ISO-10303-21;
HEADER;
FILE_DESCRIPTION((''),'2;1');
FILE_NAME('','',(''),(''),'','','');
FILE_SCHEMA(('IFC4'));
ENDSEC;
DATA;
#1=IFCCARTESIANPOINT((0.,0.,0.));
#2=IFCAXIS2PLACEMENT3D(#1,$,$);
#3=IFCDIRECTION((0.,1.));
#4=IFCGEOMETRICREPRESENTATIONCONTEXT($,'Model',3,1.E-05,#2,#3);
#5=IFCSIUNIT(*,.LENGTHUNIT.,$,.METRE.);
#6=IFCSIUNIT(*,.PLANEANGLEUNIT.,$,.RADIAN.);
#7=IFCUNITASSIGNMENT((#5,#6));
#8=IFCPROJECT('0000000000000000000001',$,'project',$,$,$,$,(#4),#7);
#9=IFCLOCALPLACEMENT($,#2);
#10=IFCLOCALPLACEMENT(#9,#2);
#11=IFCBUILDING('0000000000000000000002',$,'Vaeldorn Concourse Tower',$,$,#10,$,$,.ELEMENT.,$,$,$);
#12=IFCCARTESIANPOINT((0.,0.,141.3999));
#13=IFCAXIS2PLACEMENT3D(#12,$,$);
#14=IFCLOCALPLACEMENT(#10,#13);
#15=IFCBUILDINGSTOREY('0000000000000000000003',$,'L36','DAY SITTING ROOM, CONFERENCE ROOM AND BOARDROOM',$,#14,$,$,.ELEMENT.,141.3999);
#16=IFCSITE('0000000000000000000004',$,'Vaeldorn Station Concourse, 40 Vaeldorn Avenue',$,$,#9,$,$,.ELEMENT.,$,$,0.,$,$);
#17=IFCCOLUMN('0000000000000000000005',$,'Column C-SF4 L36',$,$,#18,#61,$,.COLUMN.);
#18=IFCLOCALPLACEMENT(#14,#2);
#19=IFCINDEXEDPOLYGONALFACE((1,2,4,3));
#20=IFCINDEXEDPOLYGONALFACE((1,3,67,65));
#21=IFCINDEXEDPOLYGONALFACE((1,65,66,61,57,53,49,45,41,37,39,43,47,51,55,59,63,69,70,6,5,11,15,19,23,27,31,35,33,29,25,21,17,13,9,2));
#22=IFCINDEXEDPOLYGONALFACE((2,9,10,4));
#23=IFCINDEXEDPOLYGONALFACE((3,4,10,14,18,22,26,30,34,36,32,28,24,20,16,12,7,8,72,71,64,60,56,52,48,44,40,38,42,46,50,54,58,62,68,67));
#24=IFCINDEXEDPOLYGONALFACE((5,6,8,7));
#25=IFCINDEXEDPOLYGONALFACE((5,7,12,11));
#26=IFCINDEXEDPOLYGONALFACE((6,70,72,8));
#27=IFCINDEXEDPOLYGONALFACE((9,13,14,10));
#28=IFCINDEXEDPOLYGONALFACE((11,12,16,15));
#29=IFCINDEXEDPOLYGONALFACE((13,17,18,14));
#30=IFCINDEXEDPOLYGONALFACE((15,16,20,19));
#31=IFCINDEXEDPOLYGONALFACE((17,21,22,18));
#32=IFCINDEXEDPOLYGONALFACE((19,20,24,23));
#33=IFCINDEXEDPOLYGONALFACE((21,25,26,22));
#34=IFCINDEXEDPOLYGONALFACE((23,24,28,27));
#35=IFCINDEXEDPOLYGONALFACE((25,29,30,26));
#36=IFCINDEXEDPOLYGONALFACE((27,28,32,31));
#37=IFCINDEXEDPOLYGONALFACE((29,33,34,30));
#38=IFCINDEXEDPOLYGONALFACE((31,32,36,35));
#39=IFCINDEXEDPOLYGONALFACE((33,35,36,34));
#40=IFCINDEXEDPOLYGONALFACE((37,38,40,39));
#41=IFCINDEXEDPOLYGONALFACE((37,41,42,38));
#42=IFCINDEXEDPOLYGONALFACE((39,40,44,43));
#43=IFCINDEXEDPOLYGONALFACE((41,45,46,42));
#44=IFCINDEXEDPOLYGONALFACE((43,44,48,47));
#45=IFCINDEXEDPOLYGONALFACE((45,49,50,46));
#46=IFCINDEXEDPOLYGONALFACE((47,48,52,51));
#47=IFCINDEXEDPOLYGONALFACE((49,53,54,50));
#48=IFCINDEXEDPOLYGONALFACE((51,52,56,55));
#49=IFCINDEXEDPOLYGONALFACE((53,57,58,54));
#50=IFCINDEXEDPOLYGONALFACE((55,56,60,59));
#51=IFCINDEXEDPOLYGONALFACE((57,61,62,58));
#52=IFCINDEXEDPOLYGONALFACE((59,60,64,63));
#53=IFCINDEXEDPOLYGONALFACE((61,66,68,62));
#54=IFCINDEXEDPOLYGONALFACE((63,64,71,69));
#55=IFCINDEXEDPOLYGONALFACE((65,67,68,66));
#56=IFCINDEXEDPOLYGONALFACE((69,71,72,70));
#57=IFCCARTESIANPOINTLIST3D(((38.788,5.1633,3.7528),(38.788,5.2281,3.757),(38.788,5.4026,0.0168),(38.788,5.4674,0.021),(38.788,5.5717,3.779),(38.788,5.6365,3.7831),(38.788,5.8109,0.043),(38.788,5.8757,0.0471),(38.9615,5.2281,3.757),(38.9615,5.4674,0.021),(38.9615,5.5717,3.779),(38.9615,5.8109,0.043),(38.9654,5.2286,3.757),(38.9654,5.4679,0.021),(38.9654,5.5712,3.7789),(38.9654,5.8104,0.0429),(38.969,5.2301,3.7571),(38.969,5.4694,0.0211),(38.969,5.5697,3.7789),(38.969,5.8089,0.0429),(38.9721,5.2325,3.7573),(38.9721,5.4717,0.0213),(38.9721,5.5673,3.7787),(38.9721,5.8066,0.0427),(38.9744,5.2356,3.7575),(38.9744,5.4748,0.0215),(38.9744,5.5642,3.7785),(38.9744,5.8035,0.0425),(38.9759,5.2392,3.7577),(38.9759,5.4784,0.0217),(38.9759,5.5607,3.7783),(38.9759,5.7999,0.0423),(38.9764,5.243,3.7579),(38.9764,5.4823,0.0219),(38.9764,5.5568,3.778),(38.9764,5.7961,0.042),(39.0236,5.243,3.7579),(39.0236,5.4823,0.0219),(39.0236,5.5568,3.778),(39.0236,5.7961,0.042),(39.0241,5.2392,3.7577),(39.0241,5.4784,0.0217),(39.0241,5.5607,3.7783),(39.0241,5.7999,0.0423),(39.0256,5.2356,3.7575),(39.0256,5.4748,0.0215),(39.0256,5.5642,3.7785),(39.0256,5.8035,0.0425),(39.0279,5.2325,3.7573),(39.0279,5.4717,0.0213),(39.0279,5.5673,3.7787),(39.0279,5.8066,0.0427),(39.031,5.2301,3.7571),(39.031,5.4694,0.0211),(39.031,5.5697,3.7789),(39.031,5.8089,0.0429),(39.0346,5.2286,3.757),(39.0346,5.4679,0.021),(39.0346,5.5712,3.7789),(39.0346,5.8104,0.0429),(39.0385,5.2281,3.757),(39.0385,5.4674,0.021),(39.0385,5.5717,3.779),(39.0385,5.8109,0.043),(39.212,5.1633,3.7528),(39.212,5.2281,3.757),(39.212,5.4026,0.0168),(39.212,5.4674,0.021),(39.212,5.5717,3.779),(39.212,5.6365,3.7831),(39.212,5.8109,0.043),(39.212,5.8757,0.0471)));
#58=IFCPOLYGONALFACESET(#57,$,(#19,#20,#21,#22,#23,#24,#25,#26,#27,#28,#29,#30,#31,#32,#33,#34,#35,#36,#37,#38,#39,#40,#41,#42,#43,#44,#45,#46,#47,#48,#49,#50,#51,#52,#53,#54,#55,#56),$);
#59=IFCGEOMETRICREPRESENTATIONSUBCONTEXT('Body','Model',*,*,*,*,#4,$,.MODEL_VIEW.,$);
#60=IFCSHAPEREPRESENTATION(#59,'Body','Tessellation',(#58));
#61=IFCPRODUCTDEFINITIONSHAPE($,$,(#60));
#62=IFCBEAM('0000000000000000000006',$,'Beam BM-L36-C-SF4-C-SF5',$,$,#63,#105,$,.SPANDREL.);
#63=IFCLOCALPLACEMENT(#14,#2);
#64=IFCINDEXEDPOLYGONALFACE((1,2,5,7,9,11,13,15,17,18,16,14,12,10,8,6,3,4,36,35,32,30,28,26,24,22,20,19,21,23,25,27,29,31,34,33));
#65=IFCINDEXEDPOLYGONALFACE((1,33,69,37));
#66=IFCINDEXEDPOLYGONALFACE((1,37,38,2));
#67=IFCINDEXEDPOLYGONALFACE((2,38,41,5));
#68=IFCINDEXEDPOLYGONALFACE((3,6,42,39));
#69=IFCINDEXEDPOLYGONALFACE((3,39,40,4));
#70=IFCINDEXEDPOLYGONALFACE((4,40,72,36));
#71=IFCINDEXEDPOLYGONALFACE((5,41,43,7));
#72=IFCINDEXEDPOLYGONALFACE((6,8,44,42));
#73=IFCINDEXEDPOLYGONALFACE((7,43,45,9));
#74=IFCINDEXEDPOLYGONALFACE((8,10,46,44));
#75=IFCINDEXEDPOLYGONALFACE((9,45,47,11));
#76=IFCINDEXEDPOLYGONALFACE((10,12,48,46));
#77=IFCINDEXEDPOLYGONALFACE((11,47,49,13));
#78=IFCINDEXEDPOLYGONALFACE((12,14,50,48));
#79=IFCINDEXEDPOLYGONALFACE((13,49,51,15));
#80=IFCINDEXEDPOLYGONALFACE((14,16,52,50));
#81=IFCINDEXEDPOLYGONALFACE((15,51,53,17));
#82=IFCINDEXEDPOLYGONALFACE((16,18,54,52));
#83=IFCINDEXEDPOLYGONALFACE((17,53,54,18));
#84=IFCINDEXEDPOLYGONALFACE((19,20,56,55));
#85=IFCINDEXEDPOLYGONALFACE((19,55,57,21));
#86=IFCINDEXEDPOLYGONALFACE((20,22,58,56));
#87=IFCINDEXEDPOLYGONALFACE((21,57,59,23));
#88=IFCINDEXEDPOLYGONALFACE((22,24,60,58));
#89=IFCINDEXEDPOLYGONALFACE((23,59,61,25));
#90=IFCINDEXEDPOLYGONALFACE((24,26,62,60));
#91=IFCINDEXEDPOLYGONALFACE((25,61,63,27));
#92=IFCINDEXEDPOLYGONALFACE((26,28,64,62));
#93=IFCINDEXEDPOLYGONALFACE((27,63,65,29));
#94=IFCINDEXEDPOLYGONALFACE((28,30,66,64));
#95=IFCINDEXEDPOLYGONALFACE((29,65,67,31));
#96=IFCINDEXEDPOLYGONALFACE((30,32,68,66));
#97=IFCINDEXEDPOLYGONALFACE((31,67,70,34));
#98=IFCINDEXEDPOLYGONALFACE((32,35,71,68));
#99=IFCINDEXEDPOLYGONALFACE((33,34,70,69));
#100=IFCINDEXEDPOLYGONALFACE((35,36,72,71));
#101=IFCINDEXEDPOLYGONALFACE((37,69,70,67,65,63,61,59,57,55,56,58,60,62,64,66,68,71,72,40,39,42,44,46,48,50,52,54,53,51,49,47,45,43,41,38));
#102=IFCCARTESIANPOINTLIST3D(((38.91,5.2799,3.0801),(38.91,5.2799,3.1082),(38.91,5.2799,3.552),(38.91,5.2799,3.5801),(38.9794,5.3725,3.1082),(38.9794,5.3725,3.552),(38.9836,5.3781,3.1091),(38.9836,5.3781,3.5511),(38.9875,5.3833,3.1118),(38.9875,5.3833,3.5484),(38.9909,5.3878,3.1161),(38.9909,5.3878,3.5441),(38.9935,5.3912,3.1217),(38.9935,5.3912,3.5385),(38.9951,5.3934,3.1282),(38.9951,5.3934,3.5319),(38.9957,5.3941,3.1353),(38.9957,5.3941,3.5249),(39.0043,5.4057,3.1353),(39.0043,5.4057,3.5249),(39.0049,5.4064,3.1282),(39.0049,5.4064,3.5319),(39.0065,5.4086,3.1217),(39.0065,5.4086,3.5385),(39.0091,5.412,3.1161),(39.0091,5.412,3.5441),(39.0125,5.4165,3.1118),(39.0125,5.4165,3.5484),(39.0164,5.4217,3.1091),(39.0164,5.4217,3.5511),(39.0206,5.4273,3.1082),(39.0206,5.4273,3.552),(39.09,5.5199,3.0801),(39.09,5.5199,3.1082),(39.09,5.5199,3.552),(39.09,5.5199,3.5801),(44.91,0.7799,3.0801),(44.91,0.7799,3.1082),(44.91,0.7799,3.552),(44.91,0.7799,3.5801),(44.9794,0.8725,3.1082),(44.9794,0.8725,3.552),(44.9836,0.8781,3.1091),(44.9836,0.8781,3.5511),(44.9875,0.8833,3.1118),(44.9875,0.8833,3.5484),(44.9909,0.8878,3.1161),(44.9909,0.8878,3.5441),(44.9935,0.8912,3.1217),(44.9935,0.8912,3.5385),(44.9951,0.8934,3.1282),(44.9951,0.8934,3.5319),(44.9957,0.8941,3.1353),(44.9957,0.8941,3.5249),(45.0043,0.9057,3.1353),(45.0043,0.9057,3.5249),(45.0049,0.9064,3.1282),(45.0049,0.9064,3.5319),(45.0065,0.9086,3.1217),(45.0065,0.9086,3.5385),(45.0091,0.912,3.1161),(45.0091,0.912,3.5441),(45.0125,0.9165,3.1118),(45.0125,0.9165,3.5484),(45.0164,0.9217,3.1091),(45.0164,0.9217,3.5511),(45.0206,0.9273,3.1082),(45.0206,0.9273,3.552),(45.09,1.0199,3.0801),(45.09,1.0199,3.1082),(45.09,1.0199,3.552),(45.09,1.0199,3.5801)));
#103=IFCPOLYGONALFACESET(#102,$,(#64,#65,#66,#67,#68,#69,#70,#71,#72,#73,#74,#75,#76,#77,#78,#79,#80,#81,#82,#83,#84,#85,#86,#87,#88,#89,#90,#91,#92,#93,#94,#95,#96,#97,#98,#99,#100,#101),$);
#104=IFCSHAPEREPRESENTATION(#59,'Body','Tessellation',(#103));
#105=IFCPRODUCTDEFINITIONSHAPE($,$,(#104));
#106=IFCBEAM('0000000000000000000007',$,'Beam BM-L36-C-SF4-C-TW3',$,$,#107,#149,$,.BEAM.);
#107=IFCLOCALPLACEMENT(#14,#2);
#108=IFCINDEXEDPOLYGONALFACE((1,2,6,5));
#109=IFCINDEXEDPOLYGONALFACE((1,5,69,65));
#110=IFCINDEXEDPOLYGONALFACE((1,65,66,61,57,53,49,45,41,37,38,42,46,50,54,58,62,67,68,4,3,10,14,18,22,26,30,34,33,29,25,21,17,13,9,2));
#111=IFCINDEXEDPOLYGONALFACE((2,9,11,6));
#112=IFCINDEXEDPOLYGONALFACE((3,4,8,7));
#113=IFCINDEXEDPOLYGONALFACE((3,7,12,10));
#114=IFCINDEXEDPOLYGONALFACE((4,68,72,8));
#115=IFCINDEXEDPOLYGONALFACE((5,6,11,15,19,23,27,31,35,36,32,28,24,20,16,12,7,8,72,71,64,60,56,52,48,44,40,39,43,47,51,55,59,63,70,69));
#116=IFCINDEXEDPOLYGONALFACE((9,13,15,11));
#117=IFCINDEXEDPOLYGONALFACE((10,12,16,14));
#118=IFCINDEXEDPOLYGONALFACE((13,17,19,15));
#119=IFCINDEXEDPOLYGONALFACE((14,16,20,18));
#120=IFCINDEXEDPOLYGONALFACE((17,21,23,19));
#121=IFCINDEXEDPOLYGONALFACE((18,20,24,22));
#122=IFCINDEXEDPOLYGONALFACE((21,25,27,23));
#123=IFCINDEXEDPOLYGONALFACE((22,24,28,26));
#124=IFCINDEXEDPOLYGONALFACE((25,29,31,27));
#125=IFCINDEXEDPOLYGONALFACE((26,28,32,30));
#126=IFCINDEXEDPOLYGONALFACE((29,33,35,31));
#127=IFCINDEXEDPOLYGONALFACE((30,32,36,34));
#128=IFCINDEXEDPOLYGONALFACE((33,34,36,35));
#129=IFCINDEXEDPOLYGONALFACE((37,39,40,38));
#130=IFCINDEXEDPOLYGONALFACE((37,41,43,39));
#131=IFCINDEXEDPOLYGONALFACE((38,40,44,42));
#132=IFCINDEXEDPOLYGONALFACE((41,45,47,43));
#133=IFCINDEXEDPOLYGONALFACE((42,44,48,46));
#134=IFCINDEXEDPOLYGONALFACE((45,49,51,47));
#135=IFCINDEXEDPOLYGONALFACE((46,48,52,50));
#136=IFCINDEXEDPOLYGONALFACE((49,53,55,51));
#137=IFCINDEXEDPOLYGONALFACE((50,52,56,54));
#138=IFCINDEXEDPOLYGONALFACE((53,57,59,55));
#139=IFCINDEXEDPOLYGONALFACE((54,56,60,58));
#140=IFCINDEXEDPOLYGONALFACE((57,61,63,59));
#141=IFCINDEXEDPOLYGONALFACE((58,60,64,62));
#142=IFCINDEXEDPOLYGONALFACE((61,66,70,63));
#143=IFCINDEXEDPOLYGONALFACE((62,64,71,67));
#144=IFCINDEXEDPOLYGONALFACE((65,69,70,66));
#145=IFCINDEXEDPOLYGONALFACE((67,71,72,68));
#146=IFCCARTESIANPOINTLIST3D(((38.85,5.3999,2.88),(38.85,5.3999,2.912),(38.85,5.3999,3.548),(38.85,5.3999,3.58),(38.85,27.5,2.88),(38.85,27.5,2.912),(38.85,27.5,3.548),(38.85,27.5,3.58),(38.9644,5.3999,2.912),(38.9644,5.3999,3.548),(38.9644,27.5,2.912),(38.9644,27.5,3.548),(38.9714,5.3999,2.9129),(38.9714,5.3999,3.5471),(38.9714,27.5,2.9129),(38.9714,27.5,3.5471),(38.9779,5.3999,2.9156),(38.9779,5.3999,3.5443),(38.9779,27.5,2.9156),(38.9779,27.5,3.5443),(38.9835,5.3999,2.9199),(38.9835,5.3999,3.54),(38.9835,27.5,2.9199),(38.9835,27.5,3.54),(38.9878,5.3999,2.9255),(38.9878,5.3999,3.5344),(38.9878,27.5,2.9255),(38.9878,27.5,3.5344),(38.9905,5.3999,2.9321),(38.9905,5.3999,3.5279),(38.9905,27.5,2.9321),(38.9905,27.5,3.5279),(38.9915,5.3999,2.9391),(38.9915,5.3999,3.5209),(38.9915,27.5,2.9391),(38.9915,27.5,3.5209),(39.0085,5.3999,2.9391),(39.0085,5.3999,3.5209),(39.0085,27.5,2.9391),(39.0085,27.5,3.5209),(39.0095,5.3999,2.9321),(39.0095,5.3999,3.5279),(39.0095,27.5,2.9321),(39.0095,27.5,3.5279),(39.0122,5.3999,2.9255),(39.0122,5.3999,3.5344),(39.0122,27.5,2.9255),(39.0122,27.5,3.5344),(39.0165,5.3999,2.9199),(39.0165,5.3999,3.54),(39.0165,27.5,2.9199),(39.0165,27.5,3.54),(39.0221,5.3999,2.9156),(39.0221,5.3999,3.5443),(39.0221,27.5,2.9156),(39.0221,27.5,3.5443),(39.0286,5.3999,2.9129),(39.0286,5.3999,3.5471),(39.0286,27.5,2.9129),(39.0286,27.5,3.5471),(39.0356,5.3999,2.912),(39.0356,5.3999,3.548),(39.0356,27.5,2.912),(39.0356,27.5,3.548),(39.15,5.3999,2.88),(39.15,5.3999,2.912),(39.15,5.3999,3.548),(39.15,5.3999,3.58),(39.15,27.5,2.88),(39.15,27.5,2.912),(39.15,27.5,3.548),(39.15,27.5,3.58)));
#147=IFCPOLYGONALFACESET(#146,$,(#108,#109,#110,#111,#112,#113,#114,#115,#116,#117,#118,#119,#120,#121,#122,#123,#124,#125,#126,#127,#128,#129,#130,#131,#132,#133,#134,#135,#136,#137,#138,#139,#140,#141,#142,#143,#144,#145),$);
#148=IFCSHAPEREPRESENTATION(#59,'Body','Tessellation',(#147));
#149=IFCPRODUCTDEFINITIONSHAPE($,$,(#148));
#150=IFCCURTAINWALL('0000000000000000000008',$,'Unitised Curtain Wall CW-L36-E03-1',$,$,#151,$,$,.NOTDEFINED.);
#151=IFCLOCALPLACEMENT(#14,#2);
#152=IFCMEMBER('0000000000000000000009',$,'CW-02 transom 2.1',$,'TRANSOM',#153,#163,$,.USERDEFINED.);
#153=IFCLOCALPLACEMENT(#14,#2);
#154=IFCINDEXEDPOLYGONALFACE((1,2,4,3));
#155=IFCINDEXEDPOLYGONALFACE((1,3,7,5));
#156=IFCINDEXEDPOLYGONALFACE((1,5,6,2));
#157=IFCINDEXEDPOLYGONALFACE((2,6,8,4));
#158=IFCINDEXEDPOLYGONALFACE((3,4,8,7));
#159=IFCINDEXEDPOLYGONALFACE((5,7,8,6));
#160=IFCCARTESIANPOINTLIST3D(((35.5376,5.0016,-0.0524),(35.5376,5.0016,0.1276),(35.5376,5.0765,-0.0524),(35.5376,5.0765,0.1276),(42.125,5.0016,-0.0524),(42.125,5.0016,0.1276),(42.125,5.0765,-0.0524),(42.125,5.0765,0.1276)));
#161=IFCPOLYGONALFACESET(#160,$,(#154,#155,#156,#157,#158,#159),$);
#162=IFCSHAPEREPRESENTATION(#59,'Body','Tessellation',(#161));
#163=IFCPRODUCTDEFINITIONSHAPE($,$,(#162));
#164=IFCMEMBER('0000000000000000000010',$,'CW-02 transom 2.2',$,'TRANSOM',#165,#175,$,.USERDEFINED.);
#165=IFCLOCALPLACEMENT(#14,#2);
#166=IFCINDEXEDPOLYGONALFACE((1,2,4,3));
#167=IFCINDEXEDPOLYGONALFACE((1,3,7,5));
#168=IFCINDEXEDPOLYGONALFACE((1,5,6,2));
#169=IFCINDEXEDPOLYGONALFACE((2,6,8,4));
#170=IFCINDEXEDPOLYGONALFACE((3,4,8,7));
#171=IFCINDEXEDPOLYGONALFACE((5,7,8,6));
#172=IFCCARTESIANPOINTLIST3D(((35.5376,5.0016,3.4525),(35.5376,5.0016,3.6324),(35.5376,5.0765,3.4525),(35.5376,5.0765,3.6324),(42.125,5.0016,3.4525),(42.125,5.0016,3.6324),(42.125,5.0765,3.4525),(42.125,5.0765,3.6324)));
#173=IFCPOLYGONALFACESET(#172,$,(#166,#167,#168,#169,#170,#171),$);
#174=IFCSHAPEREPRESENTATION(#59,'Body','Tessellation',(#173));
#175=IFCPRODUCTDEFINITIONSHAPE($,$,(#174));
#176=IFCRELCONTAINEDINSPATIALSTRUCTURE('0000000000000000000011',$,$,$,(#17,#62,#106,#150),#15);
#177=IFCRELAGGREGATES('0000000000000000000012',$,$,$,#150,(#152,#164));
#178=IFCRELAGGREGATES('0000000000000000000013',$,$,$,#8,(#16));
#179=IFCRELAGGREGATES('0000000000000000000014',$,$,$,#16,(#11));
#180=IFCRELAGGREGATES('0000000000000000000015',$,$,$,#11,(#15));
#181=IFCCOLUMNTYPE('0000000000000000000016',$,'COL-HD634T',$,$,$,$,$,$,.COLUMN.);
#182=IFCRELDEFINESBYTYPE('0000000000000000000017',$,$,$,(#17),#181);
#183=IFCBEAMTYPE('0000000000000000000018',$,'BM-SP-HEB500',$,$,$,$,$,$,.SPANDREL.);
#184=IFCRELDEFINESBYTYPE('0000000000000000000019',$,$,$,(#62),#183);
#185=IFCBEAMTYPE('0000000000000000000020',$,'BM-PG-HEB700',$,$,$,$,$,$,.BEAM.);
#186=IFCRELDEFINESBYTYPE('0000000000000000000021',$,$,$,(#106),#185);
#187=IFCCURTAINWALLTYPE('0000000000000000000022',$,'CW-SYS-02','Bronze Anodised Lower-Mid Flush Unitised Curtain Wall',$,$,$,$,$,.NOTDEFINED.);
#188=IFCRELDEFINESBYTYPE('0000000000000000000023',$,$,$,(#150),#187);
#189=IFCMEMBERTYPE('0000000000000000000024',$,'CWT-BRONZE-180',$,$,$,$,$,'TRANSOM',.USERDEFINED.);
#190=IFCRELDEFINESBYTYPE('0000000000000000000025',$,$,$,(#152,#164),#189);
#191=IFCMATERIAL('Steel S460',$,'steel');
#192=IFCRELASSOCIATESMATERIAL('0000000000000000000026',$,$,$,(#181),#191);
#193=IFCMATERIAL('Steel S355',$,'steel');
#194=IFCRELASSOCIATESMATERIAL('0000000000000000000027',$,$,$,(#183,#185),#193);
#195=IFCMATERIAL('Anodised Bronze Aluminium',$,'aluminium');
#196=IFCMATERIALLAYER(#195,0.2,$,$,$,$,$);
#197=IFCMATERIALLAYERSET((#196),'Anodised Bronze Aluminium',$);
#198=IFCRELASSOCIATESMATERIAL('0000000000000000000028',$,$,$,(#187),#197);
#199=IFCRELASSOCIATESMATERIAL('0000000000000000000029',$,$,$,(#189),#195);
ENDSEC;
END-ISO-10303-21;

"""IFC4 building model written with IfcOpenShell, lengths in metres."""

from ifc_helpers import new_model, si_unit, direction, frame, origin, origin_2d, place, context, subcontext, project, spatial, rectangle, i_section, extrude, source, transform, mapped, material, layer, layer_set, material_profile, profile_set, type_object, element, aggregate, save


model = new_model("IFC4")

# Units and contexts
model_context = context("Model", 3, precision=1e-05, world=origin(), true_north=direction((0.0, 1.0)))
body_context = subcontext(model_context, "Body", "Model", "MODEL_VIEW")
ifc_project = project(units=[si_unit("LENGTHUNIT", "METRE"), si_unit("PLANEANGLEUNIT", "RADIAN")], contexts=[model_context])

# Site, building, storey
site_placement = place(None, origin())
site = spatial("IfcSite", under=ifc_project, at=site_placement, Name="Vaeldorn Station Concourse, 40 Vaeldorn Avenue", CompositionType="ELEMENT", RefElevation=0.0)
building_placement = place(site_placement, origin())
building = spatial("IfcBuilding", under=site, at=building_placement, Name="Vaeldorn Concourse Tower", CompositionType="ELEMENT")
storey_placement = place(building_placement, frame((0.0, 0.0, 141.3999)))
storey = spatial("IfcBuildingStorey", under=building, at=storey_placement, Name="L36", Description="DAY SITTING ROOM, CONFERENCE ROOM AND BOARDROOM", CompositionType="ELEMENT", Elevation=141.3999)

# Column
ifc_material_1 = material(Name="Steel S460", Category="steel")
ifc_material_profile_1 = material_profile(ifc_material_1, i_section(OverallWidth=0.4241, OverallDepth=0.4741, WebThickness=0.0471, FlangeThickness=0.0649, FilletRadius=0.0149, at=origin_2d()), Name="HD 400x634")
ifc_profile_set_1 = profile_set([ifc_material_profile_1], Name="Steel S460")
column_type = type_object("IfcColumnType", Name="COL-HD634T", PredefinedType="COLUMN", material=ifc_profile_set_1)
shared_shape_1 = source(origin(), body_context, "Body", "SweptSolid", [
    extrude(i_section(OverallWidth=0.4241, OverallDepth=0.4741, WebThickness=0.0471, FlangeThickness=0.0649, FilletRadius=0.0149, at=origin_2d()), origin(), (0.0, 0.0, 1.0), 3.7437),
])
column_placement = place(storey_placement, frame((39.0, 5.6392, 0.032), z_axis=(0.0, -0.063909, 0.997956), x_axis=(1.0, 0.0, 0.0)))
element("IfcColumn", 1, at=column_placement, inside=storey, type_object=column_type, Name="Column C-SF4 L36", PredefinedType="COLUMN", context=body_context, shape_type="MappedRepresentation", body=[
    mapped(shared_shape_1, transform((0.0, 0.0, 0.0), scale=1.0)),
])

# Beams
ifc_material_2 = material(Name="Steel S355", Category="steel")
ifc_material_profile_2 = material_profile(ifc_material_2, i_section(OverallWidth=0.3, OverallDepth=0.5, WebThickness=0.0144, FlangeThickness=0.0281, FilletRadius=0.0271, at=origin_2d()), Name="HEB 500")
ifc_profile_set_2 = profile_set([ifc_material_profile_2], Name="Steel S355")
beam_type_1 = type_object("IfcBeamType", Name="BM-SP-HEB500", PredefinedType="SPANDREL", material=ifc_profile_set_2)
shared_shape_2 = source(origin(), body_context, "Body", "SweptSolid", [
    extrude(i_section(OverallWidth=0.3, OverallDepth=0.5, WebThickness=0.0144, FlangeThickness=0.0281, FilletRadius=0.0271, at=origin_2d()), origin(), (0.0, 0.0, 1.0), 7.5),
])
beam_1_placement = place(storey_placement, frame((39.0, 5.3999, 3.3301), z_axis=(0.8, -0.6, 0.0), x_axis=(0.6, 0.8, 0.0)))
element("IfcBeam", 2, at=beam_1_placement, inside=storey, type_object=beam_type_1, Name="Beam BM-L36-C-SF4-C-SF5", PredefinedType="SPANDREL", context=body_context, shape_type="MappedRepresentation", body=[
    mapped(shared_shape_2, transform((0.0, 0.0, 0.0), scale=1.0)),
])
ifc_material_profile_3 = material_profile(ifc_material_2, i_section(OverallWidth=0.3, OverallDepth=0.7, WebThickness=0.0171, FlangeThickness=0.032, FilletRadius=0.0271, at=origin_2d()), Name="HEB 700")
ifc_profile_set_3 = profile_set([ifc_material_profile_3], Name="Steel S355")
beam_type_2 = type_object("IfcBeamType", Name="BM-PG-HEB700", PredefinedType="BEAM", material=ifc_profile_set_3)
shared_shape_3 = source(origin(), body_context, "Body", "SweptSolid", [
    extrude(i_section(OverallWidth=0.3, OverallDepth=0.7, WebThickness=0.0171, FlangeThickness=0.032, FilletRadius=0.0271, at=origin_2d()), origin(), (0.0, 0.0, 1.0), 22.1001),
])
beam_2_placement = place(storey_placement, frame((39.0, 5.3999, 3.23), z_axis=(0.0, 1.0, 0.0), x_axis=(-1.0, 0.0, 0.0)))
element("IfcBeam", 3, at=beam_2_placement, inside=storey, type_object=beam_type_2, Name="Beam BM-L36-C-SF4-C-TW3", PredefinedType="BEAM", context=body_context, shape_type="MappedRepresentation", body=[
    mapped(shared_shape_3, transform((0.0, 0.0, 0.0), scale=1.0)),
])

# Curtain wall, members
ifc_material_3 = material(Name="Anodised Bronze Aluminium", Category="aluminium")
ifc_layer_1 = layer(ifc_material_3, 0.2)
ifc_layer_set_1 = layer_set([ifc_layer_1], Name="Anodised Bronze Aluminium")
curtain_wall_type = type_object("IfcCurtainWallType", Name="CW-SYS-02", Description="Bronze Anodised Lower-Mid Flush Unitised Curtain Wall", PredefinedType="NOTDEFINED", material=ifc_layer_set_1)
curtain_wall_1_placement = place(storey_placement, origin())
curtain_wall_1 = element("IfcCurtainWall", 4, at=curtain_wall_1_placement, inside=storey, type_object=curtain_wall_type, Name="Unitised Curtain Wall CW-L36-E03-1", PredefinedType="NOTDEFINED")
ifc_material_profile_4 = material_profile(ifc_material_3, rectangle(XDim=0.075, YDim=0.1799, at=origin_2d()), Name="CWT 75x180")
ifc_profile_set_4 = profile_set([ifc_material_profile_4], Name="Anodised Bronze Aluminium")
member_type_1 = type_object("IfcMemberType", Name="CWT-BRONZE-180", ElementType="TRANSOM", PredefinedType="USERDEFINED", material=ifc_profile_set_4)
shared_shape_4 = source(origin(), body_context, "Body", "SweptSolid", [
    extrude(rectangle(XDim=0.075, YDim=0.1799, at=origin_2d()), origin(), (0.0, 0.0, 1.0), 6.5874),
])
member_1_placement = place(storey_placement, frame((35.5376, 5.0391, 0.0376), z_axis=(1.0, 0.0, 0.0), x_axis=(0.0, 1.0, 0.0)))
member_1 = element("IfcMember", 5, at=member_1_placement, type_object=member_type_1, Name="CW-02 transom 2.1", ObjectType="TRANSOM", PredefinedType="USERDEFINED", context=body_context, shape_type="MappedRepresentation", body=[
    mapped(shared_shape_4, transform((0.0, 0.0, 0.0), scale=1.0)),
])
member_2_placement = place(storey_placement, frame((35.5376, 5.0391, 3.5425), z_axis=(1.0, 0.0, 0.0), x_axis=(0.0, 1.0, 0.0)))
member_2 = element("IfcMember", 6, at=member_2_placement, type_object=member_type_1, Name="CW-02 transom 2.2", ObjectType="TRANSOM", PredefinedType="USERDEFINED", context=body_context, shape_type="MappedRepresentation", body=[
    mapped(shared_shape_4, transform((0.0, 0.0, 0.0), scale=1.0)),
])

aggregate(curtain_wall_1, [member_1, member_2])

save(model, "model.ifc")
